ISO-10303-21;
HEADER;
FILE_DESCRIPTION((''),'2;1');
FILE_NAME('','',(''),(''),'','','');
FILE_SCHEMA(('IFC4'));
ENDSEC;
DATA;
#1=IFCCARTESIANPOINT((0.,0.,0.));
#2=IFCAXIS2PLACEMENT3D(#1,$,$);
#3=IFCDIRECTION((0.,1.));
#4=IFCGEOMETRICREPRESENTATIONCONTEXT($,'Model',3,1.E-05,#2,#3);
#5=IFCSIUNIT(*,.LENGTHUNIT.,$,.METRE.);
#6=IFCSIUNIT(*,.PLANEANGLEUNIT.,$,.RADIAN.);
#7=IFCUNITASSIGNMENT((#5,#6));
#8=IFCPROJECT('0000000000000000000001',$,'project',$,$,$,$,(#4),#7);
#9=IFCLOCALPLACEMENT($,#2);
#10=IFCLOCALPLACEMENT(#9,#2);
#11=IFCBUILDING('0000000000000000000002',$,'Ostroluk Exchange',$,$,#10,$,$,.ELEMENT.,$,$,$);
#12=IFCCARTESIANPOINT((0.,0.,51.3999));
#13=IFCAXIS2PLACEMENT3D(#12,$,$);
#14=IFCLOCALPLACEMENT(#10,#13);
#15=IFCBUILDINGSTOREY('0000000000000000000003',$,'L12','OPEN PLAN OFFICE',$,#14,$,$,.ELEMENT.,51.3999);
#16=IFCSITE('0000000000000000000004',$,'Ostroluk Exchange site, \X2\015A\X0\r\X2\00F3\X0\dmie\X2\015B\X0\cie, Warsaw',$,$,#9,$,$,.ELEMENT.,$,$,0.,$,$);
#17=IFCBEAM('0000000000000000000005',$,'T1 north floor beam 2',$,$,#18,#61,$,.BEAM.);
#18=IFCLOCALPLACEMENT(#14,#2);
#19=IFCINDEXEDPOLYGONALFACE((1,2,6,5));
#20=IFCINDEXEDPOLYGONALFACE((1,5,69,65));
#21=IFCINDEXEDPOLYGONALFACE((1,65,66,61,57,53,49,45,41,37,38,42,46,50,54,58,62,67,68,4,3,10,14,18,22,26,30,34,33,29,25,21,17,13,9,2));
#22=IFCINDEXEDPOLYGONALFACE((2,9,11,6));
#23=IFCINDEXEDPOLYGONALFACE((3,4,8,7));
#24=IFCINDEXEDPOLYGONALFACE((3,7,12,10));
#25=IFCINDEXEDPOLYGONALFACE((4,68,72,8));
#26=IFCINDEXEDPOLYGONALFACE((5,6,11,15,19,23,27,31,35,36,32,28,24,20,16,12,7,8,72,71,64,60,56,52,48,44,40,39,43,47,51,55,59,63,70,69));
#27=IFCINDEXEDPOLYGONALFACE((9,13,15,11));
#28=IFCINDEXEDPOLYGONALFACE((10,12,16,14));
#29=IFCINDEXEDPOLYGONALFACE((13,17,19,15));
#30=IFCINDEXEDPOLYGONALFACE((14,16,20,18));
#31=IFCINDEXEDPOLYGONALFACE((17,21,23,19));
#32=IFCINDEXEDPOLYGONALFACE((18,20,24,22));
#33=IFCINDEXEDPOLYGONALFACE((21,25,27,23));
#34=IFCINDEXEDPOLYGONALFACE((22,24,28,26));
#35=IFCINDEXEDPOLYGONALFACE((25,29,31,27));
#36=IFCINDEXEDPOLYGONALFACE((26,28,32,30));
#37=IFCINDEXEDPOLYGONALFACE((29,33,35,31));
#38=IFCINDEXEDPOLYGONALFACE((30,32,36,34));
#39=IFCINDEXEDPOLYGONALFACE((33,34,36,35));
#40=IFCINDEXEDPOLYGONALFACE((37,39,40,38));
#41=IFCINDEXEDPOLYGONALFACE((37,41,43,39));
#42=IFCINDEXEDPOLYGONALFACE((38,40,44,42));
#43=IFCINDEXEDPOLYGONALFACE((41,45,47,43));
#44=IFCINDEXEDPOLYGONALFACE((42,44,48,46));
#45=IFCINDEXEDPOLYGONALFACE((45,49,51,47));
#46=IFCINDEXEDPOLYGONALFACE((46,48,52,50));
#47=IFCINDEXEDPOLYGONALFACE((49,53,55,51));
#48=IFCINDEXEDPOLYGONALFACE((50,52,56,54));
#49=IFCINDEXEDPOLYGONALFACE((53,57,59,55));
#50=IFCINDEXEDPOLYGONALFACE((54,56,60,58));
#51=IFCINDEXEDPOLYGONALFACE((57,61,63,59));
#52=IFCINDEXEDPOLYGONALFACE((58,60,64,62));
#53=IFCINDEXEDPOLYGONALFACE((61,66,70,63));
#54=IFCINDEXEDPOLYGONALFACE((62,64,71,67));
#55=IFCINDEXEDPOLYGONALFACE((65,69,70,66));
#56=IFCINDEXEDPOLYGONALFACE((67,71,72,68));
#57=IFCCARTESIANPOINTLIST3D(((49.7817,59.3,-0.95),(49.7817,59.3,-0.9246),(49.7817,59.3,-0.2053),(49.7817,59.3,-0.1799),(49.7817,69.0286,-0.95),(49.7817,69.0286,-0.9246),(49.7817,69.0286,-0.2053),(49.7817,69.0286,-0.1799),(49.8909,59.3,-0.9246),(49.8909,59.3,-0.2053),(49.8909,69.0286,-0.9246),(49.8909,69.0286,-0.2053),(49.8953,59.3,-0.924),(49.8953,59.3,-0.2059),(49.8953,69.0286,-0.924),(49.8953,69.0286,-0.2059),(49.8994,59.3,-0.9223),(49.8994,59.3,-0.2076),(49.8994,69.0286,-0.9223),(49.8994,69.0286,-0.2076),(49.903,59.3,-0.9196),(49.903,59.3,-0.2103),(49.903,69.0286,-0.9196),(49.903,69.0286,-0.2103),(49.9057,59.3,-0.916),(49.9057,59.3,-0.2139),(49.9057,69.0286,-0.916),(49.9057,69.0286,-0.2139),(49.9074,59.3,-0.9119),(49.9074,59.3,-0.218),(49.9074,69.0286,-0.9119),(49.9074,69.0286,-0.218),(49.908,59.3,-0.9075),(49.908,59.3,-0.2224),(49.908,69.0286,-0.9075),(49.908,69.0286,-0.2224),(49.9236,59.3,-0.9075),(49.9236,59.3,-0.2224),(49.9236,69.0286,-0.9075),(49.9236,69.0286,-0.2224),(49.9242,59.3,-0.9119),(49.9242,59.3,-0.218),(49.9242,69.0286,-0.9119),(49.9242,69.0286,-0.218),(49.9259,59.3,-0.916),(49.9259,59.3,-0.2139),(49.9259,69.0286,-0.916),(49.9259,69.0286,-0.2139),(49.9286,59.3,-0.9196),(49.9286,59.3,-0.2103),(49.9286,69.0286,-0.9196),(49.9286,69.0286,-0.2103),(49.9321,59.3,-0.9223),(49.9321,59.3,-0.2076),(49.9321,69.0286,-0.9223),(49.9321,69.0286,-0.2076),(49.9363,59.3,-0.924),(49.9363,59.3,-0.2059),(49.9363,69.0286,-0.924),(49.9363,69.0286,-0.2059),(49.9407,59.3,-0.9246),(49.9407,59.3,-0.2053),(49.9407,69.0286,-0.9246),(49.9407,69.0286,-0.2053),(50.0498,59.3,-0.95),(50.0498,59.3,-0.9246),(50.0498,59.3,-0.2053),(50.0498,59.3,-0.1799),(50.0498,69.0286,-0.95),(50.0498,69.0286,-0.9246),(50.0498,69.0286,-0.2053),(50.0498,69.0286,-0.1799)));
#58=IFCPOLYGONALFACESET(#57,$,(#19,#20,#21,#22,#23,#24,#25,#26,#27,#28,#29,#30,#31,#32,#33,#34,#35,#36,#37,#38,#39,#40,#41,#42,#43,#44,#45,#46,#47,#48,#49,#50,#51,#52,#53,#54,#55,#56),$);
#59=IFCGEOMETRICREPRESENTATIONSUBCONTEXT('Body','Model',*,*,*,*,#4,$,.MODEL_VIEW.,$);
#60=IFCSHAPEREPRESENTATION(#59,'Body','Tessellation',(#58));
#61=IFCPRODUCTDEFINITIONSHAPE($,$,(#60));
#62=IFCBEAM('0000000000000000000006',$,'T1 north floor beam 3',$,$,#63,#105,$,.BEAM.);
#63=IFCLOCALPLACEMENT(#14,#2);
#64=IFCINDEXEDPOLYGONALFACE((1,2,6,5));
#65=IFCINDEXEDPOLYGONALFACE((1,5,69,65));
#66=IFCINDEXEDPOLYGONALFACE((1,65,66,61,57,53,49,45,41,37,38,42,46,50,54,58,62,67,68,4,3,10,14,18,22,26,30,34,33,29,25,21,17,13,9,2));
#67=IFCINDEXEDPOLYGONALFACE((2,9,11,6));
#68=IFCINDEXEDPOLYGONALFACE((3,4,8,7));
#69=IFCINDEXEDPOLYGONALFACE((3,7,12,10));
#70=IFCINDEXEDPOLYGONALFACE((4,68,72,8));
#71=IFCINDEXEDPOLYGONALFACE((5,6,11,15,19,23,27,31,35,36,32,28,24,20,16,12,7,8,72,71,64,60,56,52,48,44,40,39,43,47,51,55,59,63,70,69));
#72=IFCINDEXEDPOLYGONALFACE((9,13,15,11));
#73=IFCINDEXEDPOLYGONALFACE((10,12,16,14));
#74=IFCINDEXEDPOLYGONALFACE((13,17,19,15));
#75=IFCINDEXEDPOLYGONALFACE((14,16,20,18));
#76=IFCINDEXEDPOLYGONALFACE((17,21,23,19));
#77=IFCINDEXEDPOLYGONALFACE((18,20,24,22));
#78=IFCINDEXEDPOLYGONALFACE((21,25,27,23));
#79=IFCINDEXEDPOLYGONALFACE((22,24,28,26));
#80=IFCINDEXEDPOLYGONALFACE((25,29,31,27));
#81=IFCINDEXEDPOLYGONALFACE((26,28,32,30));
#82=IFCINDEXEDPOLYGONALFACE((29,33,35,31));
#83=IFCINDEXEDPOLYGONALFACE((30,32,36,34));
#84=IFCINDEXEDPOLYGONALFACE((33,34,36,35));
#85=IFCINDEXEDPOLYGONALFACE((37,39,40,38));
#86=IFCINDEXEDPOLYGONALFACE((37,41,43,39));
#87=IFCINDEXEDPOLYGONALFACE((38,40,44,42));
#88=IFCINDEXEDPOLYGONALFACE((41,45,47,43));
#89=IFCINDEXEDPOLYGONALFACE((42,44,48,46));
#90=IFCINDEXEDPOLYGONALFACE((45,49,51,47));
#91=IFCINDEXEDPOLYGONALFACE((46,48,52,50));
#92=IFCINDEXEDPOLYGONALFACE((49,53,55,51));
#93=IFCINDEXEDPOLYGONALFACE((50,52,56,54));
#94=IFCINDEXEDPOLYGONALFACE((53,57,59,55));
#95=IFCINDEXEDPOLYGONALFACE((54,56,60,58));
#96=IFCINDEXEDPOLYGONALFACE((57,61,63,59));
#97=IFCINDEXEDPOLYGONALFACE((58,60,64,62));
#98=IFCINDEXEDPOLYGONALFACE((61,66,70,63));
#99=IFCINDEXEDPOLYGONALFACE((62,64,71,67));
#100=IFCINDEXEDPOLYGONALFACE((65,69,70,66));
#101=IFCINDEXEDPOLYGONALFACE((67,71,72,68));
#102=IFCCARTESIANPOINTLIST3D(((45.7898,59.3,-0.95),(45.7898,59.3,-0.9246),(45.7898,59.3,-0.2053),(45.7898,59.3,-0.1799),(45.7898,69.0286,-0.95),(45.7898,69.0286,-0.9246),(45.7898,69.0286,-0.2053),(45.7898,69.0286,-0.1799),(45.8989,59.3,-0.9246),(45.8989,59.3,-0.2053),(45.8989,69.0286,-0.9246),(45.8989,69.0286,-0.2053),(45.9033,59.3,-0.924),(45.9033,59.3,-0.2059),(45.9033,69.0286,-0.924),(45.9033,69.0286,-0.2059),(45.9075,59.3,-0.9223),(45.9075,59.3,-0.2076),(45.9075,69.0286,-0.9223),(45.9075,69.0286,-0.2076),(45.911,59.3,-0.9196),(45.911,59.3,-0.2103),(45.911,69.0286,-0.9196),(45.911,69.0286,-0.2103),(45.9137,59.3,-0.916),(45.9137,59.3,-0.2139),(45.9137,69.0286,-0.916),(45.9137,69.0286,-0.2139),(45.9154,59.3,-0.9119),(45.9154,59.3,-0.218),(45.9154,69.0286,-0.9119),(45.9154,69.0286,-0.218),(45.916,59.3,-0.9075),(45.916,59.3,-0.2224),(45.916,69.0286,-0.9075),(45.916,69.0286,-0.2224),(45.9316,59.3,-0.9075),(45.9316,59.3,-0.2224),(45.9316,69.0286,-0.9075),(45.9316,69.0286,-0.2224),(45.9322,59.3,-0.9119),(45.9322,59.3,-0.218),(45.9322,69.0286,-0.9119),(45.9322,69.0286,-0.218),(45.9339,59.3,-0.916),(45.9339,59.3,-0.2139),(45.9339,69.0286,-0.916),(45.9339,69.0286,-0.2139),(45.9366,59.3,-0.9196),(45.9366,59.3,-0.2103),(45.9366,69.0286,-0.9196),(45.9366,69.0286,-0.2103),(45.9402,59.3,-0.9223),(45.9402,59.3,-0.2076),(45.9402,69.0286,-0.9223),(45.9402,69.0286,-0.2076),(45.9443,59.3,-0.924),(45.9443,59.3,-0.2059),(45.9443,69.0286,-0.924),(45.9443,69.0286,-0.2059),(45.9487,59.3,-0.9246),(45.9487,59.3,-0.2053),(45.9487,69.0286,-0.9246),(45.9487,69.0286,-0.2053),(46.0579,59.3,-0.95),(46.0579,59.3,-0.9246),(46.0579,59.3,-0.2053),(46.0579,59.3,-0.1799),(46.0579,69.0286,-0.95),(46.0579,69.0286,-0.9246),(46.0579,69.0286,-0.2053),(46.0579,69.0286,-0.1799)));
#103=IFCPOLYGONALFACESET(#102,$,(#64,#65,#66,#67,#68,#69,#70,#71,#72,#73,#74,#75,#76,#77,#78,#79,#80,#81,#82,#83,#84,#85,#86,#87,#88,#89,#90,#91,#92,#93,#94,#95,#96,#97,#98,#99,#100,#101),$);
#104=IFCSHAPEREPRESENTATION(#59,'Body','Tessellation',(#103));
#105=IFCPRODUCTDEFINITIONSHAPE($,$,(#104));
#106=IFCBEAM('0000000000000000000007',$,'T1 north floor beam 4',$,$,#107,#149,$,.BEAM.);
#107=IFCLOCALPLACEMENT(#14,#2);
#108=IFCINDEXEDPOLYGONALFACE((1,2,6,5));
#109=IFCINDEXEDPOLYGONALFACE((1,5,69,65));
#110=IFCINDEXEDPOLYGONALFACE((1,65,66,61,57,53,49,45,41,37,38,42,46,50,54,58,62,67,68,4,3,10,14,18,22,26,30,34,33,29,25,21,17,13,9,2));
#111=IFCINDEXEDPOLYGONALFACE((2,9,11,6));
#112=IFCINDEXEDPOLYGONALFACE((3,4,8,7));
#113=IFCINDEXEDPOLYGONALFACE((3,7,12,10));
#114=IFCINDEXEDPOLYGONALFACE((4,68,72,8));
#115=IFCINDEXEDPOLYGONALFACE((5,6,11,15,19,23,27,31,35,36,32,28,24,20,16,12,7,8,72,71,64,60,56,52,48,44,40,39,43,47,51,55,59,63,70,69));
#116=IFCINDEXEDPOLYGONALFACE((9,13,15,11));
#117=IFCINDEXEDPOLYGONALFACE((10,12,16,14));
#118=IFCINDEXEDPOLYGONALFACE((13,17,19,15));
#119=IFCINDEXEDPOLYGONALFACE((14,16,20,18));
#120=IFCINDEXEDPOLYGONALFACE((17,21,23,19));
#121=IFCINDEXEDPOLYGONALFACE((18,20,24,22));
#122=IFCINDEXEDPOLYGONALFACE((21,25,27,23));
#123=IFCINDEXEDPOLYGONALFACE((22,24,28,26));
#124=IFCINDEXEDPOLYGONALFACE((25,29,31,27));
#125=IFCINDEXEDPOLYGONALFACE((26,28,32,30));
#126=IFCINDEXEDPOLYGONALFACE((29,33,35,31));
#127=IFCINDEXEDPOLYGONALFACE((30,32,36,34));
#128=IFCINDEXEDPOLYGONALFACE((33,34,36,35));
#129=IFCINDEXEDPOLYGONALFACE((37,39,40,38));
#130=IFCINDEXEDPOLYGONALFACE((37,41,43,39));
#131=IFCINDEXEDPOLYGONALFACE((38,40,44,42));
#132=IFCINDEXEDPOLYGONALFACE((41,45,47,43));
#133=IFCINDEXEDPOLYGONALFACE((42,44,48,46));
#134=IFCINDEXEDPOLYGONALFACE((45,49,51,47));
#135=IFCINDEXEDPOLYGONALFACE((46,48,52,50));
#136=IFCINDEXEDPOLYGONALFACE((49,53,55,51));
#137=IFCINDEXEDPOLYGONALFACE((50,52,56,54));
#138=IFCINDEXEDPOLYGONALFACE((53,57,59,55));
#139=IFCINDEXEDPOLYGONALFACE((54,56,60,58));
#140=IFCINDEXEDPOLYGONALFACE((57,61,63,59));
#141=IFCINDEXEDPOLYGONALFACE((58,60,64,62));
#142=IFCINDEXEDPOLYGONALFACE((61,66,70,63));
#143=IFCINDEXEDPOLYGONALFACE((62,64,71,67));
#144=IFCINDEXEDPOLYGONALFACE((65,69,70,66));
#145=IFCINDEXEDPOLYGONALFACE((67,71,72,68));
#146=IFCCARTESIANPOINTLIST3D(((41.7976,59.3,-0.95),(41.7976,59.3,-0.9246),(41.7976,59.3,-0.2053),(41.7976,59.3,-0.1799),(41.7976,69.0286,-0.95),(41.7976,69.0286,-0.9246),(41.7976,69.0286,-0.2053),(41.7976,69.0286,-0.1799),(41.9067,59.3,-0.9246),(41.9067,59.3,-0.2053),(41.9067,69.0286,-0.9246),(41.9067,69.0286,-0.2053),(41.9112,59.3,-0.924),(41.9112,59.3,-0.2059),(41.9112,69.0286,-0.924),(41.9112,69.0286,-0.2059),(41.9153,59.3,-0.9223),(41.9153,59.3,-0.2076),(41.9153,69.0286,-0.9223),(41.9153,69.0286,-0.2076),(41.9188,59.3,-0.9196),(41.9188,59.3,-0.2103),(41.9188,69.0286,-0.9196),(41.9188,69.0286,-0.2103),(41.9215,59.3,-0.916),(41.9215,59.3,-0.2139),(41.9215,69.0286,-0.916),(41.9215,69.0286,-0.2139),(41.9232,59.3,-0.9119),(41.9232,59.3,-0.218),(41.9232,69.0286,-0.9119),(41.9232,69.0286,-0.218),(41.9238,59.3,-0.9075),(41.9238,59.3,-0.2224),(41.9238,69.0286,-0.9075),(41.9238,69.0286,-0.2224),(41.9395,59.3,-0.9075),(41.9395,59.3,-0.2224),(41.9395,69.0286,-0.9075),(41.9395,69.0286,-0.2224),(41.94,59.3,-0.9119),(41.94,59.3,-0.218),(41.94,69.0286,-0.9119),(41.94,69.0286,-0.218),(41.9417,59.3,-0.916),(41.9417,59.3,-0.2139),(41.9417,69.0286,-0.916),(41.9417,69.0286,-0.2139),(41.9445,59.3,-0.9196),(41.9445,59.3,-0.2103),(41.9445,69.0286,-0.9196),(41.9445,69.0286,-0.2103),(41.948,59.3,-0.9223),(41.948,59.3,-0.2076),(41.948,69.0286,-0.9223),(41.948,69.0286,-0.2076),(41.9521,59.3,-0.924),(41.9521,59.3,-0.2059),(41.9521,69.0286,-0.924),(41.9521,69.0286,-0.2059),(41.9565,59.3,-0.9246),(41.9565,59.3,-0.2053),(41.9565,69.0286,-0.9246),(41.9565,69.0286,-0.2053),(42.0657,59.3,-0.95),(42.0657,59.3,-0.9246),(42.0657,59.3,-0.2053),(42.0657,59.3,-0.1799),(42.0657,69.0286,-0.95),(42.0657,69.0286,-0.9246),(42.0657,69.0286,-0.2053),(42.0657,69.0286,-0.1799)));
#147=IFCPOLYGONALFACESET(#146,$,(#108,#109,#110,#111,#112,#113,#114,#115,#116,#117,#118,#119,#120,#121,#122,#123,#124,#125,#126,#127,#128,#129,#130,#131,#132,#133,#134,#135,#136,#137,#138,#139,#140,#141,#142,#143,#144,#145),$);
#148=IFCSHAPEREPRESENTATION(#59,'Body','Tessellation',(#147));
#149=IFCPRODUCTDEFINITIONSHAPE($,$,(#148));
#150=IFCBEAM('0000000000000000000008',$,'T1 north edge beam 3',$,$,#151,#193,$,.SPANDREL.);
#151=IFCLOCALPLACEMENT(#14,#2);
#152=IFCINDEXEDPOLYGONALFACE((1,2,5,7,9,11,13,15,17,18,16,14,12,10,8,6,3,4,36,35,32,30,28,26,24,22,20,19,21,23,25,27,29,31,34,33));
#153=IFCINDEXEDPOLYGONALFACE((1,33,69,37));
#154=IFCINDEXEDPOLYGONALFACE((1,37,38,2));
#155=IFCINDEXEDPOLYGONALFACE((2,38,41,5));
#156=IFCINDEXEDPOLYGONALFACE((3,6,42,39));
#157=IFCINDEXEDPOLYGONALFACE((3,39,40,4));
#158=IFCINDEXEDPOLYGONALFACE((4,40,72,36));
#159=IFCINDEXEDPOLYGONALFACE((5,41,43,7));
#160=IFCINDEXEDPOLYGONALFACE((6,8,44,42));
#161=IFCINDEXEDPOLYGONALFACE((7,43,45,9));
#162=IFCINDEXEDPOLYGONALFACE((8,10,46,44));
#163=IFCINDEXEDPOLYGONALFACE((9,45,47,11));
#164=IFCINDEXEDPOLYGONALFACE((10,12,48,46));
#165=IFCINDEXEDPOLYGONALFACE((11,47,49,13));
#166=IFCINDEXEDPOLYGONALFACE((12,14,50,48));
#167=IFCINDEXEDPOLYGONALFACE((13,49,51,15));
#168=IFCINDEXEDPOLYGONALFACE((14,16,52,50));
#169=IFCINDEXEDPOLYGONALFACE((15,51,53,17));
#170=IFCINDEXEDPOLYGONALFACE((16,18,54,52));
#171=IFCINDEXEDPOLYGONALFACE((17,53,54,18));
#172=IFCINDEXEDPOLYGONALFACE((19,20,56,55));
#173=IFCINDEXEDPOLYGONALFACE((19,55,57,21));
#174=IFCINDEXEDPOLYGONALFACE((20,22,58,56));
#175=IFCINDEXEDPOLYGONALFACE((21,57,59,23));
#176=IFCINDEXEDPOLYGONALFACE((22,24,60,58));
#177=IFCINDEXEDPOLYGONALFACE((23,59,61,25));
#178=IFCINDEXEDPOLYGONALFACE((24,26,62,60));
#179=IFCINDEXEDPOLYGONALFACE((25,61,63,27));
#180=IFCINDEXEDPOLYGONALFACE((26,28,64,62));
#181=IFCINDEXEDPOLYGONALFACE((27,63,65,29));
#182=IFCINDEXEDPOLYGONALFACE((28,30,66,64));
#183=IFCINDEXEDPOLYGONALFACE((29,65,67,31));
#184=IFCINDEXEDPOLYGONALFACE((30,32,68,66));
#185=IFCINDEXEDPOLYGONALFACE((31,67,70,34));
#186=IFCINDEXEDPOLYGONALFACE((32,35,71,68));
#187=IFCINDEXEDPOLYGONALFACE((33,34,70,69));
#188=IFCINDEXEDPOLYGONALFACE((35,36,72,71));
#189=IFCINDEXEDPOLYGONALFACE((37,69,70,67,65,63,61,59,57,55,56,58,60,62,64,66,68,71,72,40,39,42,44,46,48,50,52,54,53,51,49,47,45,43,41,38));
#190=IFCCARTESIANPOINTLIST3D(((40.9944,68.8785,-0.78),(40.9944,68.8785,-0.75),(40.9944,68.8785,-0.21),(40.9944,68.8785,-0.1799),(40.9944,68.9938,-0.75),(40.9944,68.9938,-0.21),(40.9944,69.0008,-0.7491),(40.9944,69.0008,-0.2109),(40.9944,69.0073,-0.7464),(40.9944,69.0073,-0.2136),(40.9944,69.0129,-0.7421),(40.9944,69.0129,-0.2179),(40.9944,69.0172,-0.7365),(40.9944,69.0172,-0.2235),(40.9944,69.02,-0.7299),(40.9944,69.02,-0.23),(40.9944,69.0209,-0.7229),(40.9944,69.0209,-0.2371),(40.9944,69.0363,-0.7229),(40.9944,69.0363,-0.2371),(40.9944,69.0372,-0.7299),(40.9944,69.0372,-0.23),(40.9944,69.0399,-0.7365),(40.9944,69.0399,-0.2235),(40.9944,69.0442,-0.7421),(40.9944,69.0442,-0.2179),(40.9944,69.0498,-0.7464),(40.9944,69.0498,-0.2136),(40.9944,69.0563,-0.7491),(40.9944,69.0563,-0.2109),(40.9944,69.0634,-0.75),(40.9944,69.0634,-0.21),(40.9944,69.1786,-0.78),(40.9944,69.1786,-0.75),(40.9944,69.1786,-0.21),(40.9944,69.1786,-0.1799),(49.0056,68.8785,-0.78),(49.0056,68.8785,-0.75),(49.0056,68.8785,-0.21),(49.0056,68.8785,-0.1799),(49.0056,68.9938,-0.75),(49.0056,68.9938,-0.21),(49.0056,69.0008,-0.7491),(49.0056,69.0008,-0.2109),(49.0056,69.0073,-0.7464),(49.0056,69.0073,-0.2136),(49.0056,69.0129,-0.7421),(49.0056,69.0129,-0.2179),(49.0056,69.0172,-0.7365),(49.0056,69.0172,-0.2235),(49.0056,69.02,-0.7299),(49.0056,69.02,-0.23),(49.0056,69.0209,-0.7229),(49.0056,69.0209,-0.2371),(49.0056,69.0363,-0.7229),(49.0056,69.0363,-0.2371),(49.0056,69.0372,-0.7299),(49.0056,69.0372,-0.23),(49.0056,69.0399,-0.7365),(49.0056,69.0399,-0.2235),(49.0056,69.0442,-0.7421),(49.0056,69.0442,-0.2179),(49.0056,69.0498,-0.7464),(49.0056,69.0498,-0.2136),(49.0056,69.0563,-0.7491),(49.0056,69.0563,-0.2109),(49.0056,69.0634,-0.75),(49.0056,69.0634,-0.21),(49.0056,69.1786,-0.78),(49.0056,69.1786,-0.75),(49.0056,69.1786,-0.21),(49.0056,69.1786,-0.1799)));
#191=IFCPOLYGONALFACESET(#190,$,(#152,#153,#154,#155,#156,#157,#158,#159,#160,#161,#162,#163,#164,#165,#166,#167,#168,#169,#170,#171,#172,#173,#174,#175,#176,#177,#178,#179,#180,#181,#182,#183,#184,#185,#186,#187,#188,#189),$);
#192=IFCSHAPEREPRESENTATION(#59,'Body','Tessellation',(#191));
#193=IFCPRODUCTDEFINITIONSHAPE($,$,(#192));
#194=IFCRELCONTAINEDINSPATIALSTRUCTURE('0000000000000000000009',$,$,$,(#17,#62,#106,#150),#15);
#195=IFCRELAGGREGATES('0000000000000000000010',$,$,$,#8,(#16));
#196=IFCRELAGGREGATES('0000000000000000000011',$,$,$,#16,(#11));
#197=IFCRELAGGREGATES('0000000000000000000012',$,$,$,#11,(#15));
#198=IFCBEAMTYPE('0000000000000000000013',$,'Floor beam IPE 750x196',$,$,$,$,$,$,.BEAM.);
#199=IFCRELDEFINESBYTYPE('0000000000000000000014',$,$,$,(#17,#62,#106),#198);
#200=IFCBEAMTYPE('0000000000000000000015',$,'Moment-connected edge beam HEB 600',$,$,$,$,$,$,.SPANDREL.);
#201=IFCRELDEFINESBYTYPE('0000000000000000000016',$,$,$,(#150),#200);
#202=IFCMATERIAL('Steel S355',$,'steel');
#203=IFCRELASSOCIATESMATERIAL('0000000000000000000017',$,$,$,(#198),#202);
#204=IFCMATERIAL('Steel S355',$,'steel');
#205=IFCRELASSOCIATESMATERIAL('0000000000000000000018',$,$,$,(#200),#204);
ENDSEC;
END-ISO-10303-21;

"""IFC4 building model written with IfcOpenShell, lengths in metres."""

from ifc_helpers import new_model, si_unit, direction, frame, origin, origin_2d, place, context, subcontext, project, spatial, i_section, extrude, material, material_profile, profile_set, type_object, element, save


model = new_model("IFC4")

# Units and contexts
model_context = context("Model", 3, precision=1e-05, world=origin(), true_north=direction((0.0, 1.0)))
body_context = subcontext(model_context, "Body", "Model", "MODEL_VIEW")
ifc_project = project(units=[si_unit("LENGTHUNIT", "METRE"), si_unit("PLANEANGLEUNIT", "RADIAN")], contexts=[model_context])

# Site, building, storey
site_placement = place(None, origin())
site = spatial("IfcSite", under=ifc_project, at=site_placement, Name="Ostroluk Exchange site, Śródmieście, Warsaw", CompositionType="ELEMENT", RefElevation=0.0)
building_placement = place(site_placement, origin())
building = spatial("IfcBuilding", under=site, at=building_placement, Name="Ostroluk Exchange", CompositionType="ELEMENT")
storey_placement = place(building_placement, frame((0.0, 0.0, 51.3999)))
storey = spatial("IfcBuildingStorey", under=building, at=storey_placement, Name="L12", Description="OPEN PLAN OFFICE", CompositionType="ELEMENT", Elevation=51.3999)

# Beams
ifc_material_1 = material(Name="Steel S355", Category="steel")
ifc_material_profile_1 = material_profile(ifc_material_1, i_section(OverallWidth=0.2681, OverallDepth=0.77, WebThickness=0.0156, FlangeThickness=0.0254, FilletRadius=0.0171, at=origin_2d()), Name="IPE 750x196")
ifc_profile_set_1 = profile_set([ifc_material_profile_1], Name="Steel S355")
beam_type_1 = type_object("IfcBeamType", Name="Floor beam IPE 750x196", PredefinedType="BEAM", material=ifc_profile_set_1)
for number, where, z_axis, x_axis, name in (
    (1, (49.9158, 59.3, -0.5649), (0.0, 1.0, 0.0), (-1.0, 0.0, 0.0), "T1 north floor beam 2"),
    (2, (45.9238, 59.3, -0.5649), (0.0, 1.0, 0.0), (-1.0, 0.0, 0.0), "T1 north floor beam 3"),
    (3, (41.9316, 59.3, -0.5649), (0.0, 1.0, 0.0), (-1.0, 0.0, 0.0), "T1 north floor beam 4"),
):
    element("IfcBeam", number, at=place(storey_placement, frame(where, z_axis=z_axis, x_axis=x_axis)), inside=storey, type_object=beam_type_1, Name=name, PredefinedType="BEAM", context=body_context, shape_type="SweptSolid", body=[
        extrude(i_section(OverallWidth=0.2681, OverallDepth=0.77, WebThickness=0.0156, FlangeThickness=0.0254, FilletRadius=0.0171, at=origin_2d()), origin(), (0.0, 0.0, 1.0), 9.7285),
    ])
ifc_material_2 = material(Name="Steel S355", Category="steel")
ifc_material_profile_2 = material_profile(ifc_material_2, i_section(OverallWidth=0.3, OverallDepth=0.6001, WebThickness=0.0154, FlangeThickness=0.03, FilletRadius=0.0271, at=origin_2d()), Name="HEB 600")
ifc_profile_set_2 = profile_set([ifc_material_profile_2], Name="Steel S355")
beam_type_2 = type_object("IfcBeamType", Name="Moment-connected edge beam HEB 600", PredefinedType="SPANDREL", material=ifc_profile_set_2)
beam_1_placement = place(storey_placement, frame((49.0056, 69.0286, -0.48), z_axis=(-1.0, 0.0, 0.0), x_axis=(0.0, -1.0, 0.0)))
element("IfcBeam", 4, at=beam_1_placement, inside=storey, type_object=beam_type_2, Name="T1 north edge beam 3", PredefinedType="SPANDREL", context=body_context, shape_type="SweptSolid", body=[
    extrude(i_section(OverallWidth=0.3, OverallDepth=0.6001, WebThickness=0.0154, FlangeThickness=0.03, FilletRadius=0.0271, at=origin_2d()), origin(), (0.0, 0.0, 1.0), 8.0112),
])

save(model, "model.ifc")
